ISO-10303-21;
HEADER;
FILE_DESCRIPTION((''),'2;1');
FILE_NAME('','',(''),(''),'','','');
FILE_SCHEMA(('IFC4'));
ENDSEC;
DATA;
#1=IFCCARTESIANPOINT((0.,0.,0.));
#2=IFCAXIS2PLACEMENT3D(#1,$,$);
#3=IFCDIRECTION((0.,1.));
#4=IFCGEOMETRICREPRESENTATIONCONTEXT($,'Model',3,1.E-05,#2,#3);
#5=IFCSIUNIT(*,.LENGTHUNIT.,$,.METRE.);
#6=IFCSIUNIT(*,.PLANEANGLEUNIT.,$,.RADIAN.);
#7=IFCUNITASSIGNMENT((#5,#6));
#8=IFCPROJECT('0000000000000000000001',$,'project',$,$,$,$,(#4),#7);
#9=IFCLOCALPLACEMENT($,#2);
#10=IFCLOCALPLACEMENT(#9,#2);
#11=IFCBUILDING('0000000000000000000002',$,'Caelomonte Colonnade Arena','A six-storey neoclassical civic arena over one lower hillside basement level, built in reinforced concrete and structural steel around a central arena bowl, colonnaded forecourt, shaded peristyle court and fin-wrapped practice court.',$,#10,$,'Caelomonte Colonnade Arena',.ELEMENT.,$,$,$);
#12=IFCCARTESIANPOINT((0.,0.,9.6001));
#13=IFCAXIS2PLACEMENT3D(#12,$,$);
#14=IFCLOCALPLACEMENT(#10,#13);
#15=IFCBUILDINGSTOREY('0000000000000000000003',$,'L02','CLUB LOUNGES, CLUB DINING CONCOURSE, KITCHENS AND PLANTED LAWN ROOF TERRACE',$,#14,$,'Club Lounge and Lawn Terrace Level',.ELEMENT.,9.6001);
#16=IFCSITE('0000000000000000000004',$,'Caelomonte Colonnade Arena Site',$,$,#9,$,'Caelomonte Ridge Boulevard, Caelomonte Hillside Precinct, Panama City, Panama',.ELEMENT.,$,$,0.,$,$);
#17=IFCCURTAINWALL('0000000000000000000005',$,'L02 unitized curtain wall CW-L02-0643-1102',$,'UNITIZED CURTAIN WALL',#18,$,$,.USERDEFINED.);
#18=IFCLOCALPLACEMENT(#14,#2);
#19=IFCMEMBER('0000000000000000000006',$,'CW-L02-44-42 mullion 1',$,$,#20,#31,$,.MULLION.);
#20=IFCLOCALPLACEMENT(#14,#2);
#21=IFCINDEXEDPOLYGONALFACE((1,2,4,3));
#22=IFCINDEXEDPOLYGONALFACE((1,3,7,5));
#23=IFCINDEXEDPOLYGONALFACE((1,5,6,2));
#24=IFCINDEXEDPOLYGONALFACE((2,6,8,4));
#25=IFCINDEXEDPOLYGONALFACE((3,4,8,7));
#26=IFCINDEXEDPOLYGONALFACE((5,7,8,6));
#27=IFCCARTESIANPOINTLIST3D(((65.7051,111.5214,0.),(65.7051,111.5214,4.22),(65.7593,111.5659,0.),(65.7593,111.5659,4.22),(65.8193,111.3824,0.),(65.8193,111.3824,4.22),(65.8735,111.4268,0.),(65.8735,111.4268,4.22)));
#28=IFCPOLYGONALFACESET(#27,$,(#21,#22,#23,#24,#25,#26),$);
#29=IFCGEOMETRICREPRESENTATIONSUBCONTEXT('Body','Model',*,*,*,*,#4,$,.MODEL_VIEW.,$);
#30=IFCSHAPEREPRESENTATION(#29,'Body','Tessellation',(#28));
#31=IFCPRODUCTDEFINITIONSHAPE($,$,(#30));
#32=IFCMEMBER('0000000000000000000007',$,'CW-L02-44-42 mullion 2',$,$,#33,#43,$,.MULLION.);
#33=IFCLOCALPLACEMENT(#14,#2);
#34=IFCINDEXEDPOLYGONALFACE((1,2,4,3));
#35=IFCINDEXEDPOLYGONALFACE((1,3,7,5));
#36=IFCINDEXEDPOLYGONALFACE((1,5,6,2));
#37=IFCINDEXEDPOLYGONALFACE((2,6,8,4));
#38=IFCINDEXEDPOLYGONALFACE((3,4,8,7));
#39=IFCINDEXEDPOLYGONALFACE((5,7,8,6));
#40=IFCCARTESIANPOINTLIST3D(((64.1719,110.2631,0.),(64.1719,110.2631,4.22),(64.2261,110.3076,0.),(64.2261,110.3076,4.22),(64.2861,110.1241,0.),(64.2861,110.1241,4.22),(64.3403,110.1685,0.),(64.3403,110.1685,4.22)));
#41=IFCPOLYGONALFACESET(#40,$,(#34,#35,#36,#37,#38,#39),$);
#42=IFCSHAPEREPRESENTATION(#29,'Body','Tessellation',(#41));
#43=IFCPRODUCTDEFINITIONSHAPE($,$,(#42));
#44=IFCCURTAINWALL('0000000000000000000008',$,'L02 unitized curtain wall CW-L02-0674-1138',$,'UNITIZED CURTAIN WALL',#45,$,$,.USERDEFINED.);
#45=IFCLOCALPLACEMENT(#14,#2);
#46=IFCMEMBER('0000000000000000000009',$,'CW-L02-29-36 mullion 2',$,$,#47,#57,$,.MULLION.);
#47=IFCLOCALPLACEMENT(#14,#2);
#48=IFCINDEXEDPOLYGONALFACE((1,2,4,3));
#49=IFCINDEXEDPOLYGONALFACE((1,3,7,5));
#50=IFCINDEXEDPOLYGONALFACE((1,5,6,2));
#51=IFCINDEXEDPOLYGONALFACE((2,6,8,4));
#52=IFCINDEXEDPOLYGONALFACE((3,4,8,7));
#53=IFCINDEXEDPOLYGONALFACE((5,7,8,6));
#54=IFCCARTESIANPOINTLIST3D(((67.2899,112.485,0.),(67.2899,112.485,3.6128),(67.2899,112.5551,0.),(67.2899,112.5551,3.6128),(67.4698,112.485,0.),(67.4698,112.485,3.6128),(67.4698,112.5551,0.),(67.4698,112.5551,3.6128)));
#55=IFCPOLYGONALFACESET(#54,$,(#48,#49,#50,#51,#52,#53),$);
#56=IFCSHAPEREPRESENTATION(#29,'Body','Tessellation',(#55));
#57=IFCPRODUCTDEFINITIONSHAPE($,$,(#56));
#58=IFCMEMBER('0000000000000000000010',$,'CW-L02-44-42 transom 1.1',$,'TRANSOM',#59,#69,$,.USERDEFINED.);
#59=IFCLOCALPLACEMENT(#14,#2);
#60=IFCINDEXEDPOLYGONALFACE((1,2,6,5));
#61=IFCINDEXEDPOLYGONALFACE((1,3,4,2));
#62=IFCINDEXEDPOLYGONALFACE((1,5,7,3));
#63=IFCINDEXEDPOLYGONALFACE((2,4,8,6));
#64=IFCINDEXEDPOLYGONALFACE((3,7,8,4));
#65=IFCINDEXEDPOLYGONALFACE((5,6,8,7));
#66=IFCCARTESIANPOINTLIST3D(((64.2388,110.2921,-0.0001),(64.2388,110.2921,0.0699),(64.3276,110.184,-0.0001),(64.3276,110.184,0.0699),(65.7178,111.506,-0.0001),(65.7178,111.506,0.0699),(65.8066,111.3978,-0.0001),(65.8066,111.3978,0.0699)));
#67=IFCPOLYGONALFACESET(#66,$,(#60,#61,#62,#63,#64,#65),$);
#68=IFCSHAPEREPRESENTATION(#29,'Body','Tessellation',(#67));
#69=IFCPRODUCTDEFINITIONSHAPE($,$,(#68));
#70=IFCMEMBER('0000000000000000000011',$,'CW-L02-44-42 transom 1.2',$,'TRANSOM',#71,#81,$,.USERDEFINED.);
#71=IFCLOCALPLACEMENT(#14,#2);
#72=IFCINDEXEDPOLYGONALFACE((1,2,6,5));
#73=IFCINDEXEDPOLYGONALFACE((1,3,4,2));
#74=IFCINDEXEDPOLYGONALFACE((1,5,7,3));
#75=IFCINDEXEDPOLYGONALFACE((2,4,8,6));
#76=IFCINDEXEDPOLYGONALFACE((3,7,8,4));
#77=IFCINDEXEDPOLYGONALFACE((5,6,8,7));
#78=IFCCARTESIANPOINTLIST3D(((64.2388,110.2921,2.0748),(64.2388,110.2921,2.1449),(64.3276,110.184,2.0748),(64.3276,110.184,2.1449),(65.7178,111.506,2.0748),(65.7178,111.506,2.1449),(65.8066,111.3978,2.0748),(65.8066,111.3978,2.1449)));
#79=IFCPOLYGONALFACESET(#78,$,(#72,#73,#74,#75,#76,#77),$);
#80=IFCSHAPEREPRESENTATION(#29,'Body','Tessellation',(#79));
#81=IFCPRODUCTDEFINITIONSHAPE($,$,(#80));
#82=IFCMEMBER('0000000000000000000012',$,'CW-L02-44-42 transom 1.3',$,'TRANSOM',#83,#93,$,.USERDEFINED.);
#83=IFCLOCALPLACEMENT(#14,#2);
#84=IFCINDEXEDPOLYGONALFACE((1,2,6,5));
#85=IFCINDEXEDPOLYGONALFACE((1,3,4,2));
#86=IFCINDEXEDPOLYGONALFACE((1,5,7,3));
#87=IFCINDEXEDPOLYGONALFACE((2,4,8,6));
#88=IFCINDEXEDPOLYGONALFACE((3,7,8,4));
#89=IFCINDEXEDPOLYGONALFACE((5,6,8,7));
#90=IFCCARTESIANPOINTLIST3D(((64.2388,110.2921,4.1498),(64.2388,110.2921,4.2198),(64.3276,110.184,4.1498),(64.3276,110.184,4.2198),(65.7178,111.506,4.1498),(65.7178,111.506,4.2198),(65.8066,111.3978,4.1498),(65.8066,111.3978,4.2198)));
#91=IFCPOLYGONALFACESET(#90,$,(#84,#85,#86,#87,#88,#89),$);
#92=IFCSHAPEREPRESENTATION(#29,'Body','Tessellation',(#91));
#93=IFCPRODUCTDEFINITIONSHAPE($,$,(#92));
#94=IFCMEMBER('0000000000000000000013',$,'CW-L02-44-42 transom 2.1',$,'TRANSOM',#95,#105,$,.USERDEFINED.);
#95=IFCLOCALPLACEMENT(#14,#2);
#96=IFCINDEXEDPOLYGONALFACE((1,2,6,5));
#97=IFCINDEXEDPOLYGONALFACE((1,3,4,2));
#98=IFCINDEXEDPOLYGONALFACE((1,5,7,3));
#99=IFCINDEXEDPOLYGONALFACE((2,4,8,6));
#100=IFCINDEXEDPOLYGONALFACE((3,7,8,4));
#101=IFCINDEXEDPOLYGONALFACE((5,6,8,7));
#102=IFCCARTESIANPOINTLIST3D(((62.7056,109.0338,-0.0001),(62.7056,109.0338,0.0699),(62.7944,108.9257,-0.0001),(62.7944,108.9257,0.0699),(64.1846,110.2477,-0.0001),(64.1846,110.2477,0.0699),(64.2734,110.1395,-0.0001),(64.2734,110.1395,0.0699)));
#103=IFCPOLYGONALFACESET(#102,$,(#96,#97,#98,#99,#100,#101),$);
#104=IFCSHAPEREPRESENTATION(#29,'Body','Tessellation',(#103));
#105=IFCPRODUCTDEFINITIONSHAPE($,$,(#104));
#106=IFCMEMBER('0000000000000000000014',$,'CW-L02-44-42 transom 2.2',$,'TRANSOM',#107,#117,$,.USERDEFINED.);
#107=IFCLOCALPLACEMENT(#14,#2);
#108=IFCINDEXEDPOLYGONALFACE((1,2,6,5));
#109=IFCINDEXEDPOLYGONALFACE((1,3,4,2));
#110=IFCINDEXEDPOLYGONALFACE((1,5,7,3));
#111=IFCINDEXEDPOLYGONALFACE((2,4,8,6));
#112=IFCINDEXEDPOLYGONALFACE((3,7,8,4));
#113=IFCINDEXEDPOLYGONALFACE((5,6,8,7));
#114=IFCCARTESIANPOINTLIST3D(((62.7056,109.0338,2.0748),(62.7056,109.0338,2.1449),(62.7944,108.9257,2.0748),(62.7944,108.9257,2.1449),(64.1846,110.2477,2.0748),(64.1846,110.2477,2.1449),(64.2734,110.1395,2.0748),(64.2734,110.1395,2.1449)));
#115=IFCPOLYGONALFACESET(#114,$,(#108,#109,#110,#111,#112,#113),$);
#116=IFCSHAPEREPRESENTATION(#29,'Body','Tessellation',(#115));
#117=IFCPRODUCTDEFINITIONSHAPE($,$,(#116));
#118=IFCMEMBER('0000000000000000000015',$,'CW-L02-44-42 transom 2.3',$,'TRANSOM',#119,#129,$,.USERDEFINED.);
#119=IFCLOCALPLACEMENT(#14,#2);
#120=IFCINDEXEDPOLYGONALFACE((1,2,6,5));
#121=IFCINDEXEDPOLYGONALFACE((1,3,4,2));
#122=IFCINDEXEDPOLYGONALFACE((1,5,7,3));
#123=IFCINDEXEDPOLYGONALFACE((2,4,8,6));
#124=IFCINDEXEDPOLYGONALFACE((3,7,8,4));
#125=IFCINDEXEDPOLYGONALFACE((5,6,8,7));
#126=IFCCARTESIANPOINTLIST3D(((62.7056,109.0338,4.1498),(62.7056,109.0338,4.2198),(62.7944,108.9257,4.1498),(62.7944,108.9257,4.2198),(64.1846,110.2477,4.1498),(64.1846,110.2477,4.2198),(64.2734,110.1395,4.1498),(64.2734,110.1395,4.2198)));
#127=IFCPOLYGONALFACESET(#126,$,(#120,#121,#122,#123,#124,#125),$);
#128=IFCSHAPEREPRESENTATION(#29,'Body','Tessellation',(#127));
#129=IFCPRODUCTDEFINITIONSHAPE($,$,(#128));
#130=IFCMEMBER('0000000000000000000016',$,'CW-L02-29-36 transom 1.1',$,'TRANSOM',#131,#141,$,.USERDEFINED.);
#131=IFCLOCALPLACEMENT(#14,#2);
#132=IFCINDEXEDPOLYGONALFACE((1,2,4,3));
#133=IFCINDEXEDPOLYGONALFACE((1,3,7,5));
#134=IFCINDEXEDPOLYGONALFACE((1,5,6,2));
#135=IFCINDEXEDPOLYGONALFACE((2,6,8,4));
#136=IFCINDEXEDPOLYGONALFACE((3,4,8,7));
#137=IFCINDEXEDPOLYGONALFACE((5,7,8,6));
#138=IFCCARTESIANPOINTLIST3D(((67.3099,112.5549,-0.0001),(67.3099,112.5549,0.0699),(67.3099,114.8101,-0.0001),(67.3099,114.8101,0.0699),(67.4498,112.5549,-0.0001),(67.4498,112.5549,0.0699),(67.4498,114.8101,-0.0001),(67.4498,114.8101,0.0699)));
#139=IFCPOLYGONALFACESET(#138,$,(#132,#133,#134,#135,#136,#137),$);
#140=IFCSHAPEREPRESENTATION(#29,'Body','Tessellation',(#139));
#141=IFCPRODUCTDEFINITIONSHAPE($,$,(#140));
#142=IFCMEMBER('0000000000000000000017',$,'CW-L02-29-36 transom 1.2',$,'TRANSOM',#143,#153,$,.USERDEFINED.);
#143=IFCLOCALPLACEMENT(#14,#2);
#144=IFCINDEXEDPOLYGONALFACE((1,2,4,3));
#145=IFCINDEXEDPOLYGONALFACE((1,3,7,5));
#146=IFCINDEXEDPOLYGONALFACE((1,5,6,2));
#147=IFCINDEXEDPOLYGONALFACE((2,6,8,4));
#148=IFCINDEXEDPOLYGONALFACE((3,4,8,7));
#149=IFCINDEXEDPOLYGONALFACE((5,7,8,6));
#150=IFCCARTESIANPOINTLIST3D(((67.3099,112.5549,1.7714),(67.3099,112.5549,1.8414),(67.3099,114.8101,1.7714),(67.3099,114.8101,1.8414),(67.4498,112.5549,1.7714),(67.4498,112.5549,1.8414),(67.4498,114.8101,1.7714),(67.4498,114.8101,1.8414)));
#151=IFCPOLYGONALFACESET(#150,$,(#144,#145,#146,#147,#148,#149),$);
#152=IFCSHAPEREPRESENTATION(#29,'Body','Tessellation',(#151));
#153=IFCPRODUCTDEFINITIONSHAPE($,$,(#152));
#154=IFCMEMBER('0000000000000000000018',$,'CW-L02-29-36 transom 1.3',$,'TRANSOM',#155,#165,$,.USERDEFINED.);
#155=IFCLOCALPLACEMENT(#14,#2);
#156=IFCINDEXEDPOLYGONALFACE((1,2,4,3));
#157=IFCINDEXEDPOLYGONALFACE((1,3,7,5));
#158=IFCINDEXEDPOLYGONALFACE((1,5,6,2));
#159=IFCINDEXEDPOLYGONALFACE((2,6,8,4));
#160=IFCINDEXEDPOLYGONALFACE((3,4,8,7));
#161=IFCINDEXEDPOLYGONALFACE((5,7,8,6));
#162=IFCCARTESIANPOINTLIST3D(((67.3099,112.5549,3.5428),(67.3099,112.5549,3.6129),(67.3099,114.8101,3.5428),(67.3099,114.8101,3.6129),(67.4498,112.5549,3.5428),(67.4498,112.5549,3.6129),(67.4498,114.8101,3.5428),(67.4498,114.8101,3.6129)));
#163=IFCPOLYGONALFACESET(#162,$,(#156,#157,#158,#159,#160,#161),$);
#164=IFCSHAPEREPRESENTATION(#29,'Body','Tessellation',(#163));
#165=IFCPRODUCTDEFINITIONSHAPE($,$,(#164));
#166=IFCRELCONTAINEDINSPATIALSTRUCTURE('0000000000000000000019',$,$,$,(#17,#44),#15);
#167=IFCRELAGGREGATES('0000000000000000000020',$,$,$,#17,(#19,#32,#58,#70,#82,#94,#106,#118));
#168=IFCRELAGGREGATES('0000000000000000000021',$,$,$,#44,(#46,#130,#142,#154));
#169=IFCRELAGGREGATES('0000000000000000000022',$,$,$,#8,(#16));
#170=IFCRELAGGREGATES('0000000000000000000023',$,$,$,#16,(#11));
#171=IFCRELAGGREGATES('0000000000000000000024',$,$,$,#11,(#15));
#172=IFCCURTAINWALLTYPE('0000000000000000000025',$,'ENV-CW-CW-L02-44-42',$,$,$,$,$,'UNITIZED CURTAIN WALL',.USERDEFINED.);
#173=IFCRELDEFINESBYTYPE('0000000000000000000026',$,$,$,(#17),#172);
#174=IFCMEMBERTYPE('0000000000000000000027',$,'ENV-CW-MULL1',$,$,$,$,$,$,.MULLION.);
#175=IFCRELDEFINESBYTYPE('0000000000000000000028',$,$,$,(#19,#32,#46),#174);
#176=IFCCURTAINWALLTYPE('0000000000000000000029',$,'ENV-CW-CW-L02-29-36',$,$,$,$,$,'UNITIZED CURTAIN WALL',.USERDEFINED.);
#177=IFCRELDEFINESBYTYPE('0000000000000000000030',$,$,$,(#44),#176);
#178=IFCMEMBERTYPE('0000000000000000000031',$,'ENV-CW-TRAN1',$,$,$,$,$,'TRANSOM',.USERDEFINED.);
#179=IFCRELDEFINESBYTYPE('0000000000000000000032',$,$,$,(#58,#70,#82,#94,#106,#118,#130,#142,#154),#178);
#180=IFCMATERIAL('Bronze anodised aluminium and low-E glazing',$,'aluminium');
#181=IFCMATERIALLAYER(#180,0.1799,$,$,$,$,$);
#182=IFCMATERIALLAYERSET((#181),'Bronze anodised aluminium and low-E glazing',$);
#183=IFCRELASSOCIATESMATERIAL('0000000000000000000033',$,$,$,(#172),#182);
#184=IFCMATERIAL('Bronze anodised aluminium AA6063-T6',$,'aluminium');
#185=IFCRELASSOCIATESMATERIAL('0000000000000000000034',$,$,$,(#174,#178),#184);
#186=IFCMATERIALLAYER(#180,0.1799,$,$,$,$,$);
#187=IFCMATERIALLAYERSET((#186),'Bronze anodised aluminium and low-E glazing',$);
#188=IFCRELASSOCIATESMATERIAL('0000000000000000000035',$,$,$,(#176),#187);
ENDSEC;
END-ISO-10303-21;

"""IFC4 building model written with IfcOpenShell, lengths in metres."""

from ifc_helpers import new_model, si_unit, direction, frame, origin, origin_2d, place, context, subcontext, project, spatial, rectangle, extrude, material, layer, layer_set, material_profile, profile_set, type_object, element, aggregate, save


model = new_model("IFC4")

# Units and contexts
model_context = context("Model", 3, precision=1e-05, world=origin(), true_north=direction((0.0, 1.0)))
body_context = subcontext(model_context, "Body", "Model", "MODEL_VIEW")
ifc_project = project(units=[si_unit("LENGTHUNIT", "METRE"), si_unit("PLANEANGLEUNIT", "RADIAN")], contexts=[model_context])

# Site, building, storey
site_placement = place(None, origin())
site = spatial("IfcSite", under=ifc_project, at=site_placement, Name="Caelomonte Colonnade Arena Site", LongName="Caelomonte Ridge Boulevard, Caelomonte Hillside Precinct, Panama City, Panama", CompositionType="ELEMENT", RefElevation=0.0)
building_placement = place(site_placement, origin())
building = spatial("IfcBuilding", under=site, at=building_placement, Name="Caelomonte Colonnade Arena", Description="A six-storey neoclassical civic arena over one lower hillside basement level, built in reinforced concrete and structural steel around a central arena bowl, colonnaded forecourt, shaded peristyle court and fin-wrapped practice court.", LongName="Caelomonte Colonnade Arena", CompositionType="ELEMENT")
storey_placement = place(building_placement, frame((0.0, 0.0, 9.6001)))
storey = spatial("IfcBuildingStorey", under=building, at=storey_placement, Name="L02", Description="CLUB LOUNGES, CLUB DINING CONCOURSE, KITCHENS AND PLANTED LAWN ROOF TERRACE", LongName="Club Lounge and Lawn Terrace Level", CompositionType="ELEMENT", Elevation=9.6001)

# Curtain wall, members
ifc_material_1 = material(Name="Bronze anodised aluminium and low-E glazing", Category="aluminium")
ifc_layer_1 = layer(ifc_material_1, 0.1799)
ifc_layer_set_1 = layer_set([ifc_layer_1], Name="Bronze anodised aluminium and low-E glazing")
curtain_wall_type_1 = type_object("IfcCurtainWallType", Name="ENV-CW-CW-L02-44-42", ElementType="UNITIZED CURTAIN WALL", PredefinedType="USERDEFINED", material=ifc_layer_set_1)
curtain_wall_1_placement = place(storey_placement, origin())
curtain_wall_1 = element("IfcCurtainWall", 1, at=curtain_wall_1_placement, inside=storey, type_object=curtain_wall_type_1, Name="L02 unitized curtain wall CW-L02-0643-1102", ObjectType="UNITIZED CURTAIN WALL", PredefinedType="USERDEFINED")
ifc_material_2 = material(Name="Bronze anodised aluminium AA6063-T6", Category="aluminium")
ifc_material_profile_1 = material_profile(ifc_material_2, rectangle(XDim=0.0701, YDim=0.1799, at=origin_2d()), Name="CWM-70X180")
ifc_profile_set_1 = profile_set([ifc_material_profile_1], Name="Bronze anodised aluminium AA6063-T6")
member_type_1 = type_object("IfcMemberType", Name="ENV-CW-MULL1", PredefinedType="MULLION", material=ifc_profile_set_1)
member_1_placement = place(storey_placement, frame((65.7893, 111.4741, 0.0), z_axis=(0.0, 0.0, 1.0), x_axis=(-0.772992, -0.634416, 0.0)))
member_1 = element("IfcMember", 2, at=member_1_placement, type_object=member_type_1, Name="CW-L02-44-42 mullion 1", PredefinedType="MULLION", context=body_context, shape_type="SweptSolid", body=[
    extrude(rectangle(XDim=0.0701, YDim=0.1799, at=origin_2d()), origin(), (0.0, 0.0, 1.0), 4.22),
])
member_2_placement = place(storey_placement, frame((64.2561, 110.2158, 0.0), z_axis=(0.0, 0.0, 1.0), x_axis=(-0.772992, -0.634416, 0.0)))
member_2 = element("IfcMember", 3, at=member_2_placement, type_object=member_type_1, Name="CW-L02-44-42 mullion 2", PredefinedType="MULLION", context=body_context, shape_type="SweptSolid", body=[
    extrude(rectangle(XDim=0.0701, YDim=0.1799, at=origin_2d()), origin(), (0.0, 0.0, 1.0), 4.22),
])

# Curtain wall, member
ifc_layer_2 = layer(ifc_material_1, 0.1799)
ifc_layer_set_2 = layer_set([ifc_layer_2], Name="Bronze anodised aluminium and low-E glazing")
curtain_wall_type_2 = type_object("IfcCurtainWallType", Name="ENV-CW-CW-L02-29-36", ElementType="UNITIZED CURTAIN WALL", PredefinedType="USERDEFINED", material=ifc_layer_set_2)
curtain_wall_2_placement = place(storey_placement, origin())
curtain_wall_2 = element("IfcCurtainWall", 4, at=curtain_wall_2_placement, inside=storey, type_object=curtain_wall_type_2, Name="L02 unitized curtain wall CW-L02-0674-1138", ObjectType="UNITIZED CURTAIN WALL", PredefinedType="USERDEFINED")
member_3_placement = place(storey_placement, frame((67.3799, 112.52, 0.0), z_axis=(0.0, 0.0, 1.0), x_axis=(0.0, -1.0, 0.0)))
member_3 = element("IfcMember", 5, at=member_3_placement, type_object=member_type_1, Name="CW-L02-29-36 mullion 2", PredefinedType="MULLION", context=body_context, shape_type="SweptSolid", body=[
    extrude(rectangle(XDim=0.0701, YDim=0.1799, at=origin_2d()), origin(), (0.0, 0.0, 1.0), 3.6128),
])

# Members
ifc_material_profile_2 = material_profile(ifc_material_2, rectangle(XDim=0.0701, YDim=0.1399, at=origin_2d()), Name="CWT-70X140")
ifc_profile_set_2 = profile_set([ifc_material_profile_2], Name="Bronze anodised aluminium AA6063-T6")
member_type_2 = type_object("IfcMemberType", Name="ENV-CW-TRAN1", ElementType="TRANSOM", PredefinedType="USERDEFINED", material=ifc_profile_set_2)
member_4_placement = place(storey_placement, frame((65.7622, 111.4519, 0.0349), z_axis=(-0.77299, -0.634418, 0.0), x_axis=(0.0, 0.0, 1.0)))
member_4 = element("IfcMember", 6, at=member_4_placement, type_object=member_type_2, Name="CW-L02-44-42 transom 1.1", ObjectType="TRANSOM", PredefinedType="USERDEFINED", context=body_context, shape_type="SweptSolid", body=[
    extrude(rectangle(XDim=0.0701, YDim=0.1399, at=origin_2d()), origin(), (0.0, 0.0, 1.0), 1.9133),
])
member_5_placement = place(storey_placement, frame((65.7622, 111.4519, 2.1099), z_axis=(-0.77299, -0.634418, 0.0), x_axis=(0.0, 0.0, 1.0)))
member_5 = element("IfcMember", 7, at=member_5_placement, type_object=member_type_2, Name="CW-L02-44-42 transom 1.2", ObjectType="TRANSOM", PredefinedType="USERDEFINED", context=body_context, shape_type="SweptSolid", body=[
    extrude(rectangle(XDim=0.0701, YDim=0.1399, at=origin_2d()), origin(), (0.0, 0.0, 1.0), 1.9133),
])
member_6_placement = place(storey_placement, frame((65.7622, 111.4519, 4.1848), z_axis=(-0.77299, -0.634418, 0.0), x_axis=(0.0, 0.0, 1.0)))
member_6 = element("IfcMember", 8, at=member_6_placement, type_object=member_type_2, Name="CW-L02-44-42 transom 1.3", ObjectType="TRANSOM", PredefinedType="USERDEFINED", context=body_context, shape_type="SweptSolid", body=[
    extrude(rectangle(XDim=0.0701, YDim=0.1399, at=origin_2d()), origin(), (0.0, 0.0, 1.0), 1.9133),
])
member_7_placement = place(storey_placement, frame((64.229, 110.1936, 0.0349), z_axis=(-0.77299, -0.634418, 0.0), x_axis=(0.0, 0.0, 1.0)))
member_7 = element("IfcMember", 9, at=member_7_placement, type_object=member_type_2, Name="CW-L02-44-42 transom 2.1", ObjectType="TRANSOM", PredefinedType="USERDEFINED", context=body_context, shape_type="SweptSolid", body=[
    extrude(rectangle(XDim=0.0701, YDim=0.1399, at=origin_2d()), origin(), (0.0, 0.0, 1.0), 1.9133),
])
member_8_placement = place(storey_placement, frame((64.229, 110.1936, 2.1099), z_axis=(-0.77299, -0.634418, 0.0), x_axis=(0.0, 0.0, 1.0)))
member_8 = element("IfcMember", 10, at=member_8_placement, type_object=member_type_2, Name="CW-L02-44-42 transom 2.2", ObjectType="TRANSOM", PredefinedType="USERDEFINED", context=body_context, shape_type="SweptSolid", body=[
    extrude(rectangle(XDim=0.0701, YDim=0.1399, at=origin_2d()), origin(), (0.0, 0.0, 1.0), 1.9133),
])
member_9_placement = place(storey_placement, frame((64.229, 110.1936, 4.1848), z_axis=(-0.77299, -0.634418, 0.0), x_axis=(0.0, 0.0, 1.0)))
member_9 = element("IfcMember", 11, at=member_9_placement, type_object=member_type_2, Name="CW-L02-44-42 transom 2.3", ObjectType="TRANSOM", PredefinedType="USERDEFINED", context=body_context, shape_type="SweptSolid", body=[
    extrude(rectangle(XDim=0.0701, YDim=0.1399, at=origin_2d()), origin(), (0.0, 0.0, 1.0), 1.9133),
])
member_10_placement = place(storey_placement, frame((67.3799, 114.8101, 0.0349), z_axis=(0.0, -1.0, 0.0), x_axis=(0.0, 0.0, 1.0)))
member_10 = element("IfcMember", 12, at=member_10_placement, type_object=member_type_2, Name="CW-L02-29-36 transom 1.1", ObjectType="TRANSOM", PredefinedType="USERDEFINED", context=body_context, shape_type="SweptSolid", body=[
    extrude(rectangle(XDim=0.0701, YDim=0.1399, at=origin_2d()), origin(), (0.0, 0.0, 1.0), 2.2551),
])
member_11_placement = place(storey_placement, frame((67.3799, 114.8101, 1.8064), z_axis=(0.0, -1.0, 0.0), x_axis=(0.0, 0.0, 1.0)))
member_11 = element("IfcMember", 13, at=member_11_placement, type_object=member_type_2, Name="CW-L02-29-36 transom 1.2", ObjectType="TRANSOM", PredefinedType="USERDEFINED", context=body_context, shape_type="SweptSolid", body=[
    extrude(rectangle(XDim=0.0701, YDim=0.1399, at=origin_2d()), origin(), (0.0, 0.0, 1.0), 2.2551),
])
member_12_placement = place(storey_placement, frame((67.3799, 114.8101, 3.5779), z_axis=(0.0, -1.0, 0.0), x_axis=(0.0, 0.0, 1.0)))
member_12 = element("IfcMember", 14, at=member_12_placement, type_object=member_type_2, Name="CW-L02-29-36 transom 1.3", ObjectType="TRANSOM", PredefinedType="USERDEFINED", context=body_context, shape_type="SweptSolid", body=[
    extrude(rectangle(XDim=0.0701, YDim=0.1399, at=origin_2d()), origin(), (0.0, 0.0, 1.0), 2.2551),
])

aggregate(curtain_wall_1, [member_1, member_2, member_4, member_5, member_6, member_7, member_8, member_9])
aggregate(curtain_wall_2, [member_3, member_10, member_11, member_12])

save(model, "model.ifc")
